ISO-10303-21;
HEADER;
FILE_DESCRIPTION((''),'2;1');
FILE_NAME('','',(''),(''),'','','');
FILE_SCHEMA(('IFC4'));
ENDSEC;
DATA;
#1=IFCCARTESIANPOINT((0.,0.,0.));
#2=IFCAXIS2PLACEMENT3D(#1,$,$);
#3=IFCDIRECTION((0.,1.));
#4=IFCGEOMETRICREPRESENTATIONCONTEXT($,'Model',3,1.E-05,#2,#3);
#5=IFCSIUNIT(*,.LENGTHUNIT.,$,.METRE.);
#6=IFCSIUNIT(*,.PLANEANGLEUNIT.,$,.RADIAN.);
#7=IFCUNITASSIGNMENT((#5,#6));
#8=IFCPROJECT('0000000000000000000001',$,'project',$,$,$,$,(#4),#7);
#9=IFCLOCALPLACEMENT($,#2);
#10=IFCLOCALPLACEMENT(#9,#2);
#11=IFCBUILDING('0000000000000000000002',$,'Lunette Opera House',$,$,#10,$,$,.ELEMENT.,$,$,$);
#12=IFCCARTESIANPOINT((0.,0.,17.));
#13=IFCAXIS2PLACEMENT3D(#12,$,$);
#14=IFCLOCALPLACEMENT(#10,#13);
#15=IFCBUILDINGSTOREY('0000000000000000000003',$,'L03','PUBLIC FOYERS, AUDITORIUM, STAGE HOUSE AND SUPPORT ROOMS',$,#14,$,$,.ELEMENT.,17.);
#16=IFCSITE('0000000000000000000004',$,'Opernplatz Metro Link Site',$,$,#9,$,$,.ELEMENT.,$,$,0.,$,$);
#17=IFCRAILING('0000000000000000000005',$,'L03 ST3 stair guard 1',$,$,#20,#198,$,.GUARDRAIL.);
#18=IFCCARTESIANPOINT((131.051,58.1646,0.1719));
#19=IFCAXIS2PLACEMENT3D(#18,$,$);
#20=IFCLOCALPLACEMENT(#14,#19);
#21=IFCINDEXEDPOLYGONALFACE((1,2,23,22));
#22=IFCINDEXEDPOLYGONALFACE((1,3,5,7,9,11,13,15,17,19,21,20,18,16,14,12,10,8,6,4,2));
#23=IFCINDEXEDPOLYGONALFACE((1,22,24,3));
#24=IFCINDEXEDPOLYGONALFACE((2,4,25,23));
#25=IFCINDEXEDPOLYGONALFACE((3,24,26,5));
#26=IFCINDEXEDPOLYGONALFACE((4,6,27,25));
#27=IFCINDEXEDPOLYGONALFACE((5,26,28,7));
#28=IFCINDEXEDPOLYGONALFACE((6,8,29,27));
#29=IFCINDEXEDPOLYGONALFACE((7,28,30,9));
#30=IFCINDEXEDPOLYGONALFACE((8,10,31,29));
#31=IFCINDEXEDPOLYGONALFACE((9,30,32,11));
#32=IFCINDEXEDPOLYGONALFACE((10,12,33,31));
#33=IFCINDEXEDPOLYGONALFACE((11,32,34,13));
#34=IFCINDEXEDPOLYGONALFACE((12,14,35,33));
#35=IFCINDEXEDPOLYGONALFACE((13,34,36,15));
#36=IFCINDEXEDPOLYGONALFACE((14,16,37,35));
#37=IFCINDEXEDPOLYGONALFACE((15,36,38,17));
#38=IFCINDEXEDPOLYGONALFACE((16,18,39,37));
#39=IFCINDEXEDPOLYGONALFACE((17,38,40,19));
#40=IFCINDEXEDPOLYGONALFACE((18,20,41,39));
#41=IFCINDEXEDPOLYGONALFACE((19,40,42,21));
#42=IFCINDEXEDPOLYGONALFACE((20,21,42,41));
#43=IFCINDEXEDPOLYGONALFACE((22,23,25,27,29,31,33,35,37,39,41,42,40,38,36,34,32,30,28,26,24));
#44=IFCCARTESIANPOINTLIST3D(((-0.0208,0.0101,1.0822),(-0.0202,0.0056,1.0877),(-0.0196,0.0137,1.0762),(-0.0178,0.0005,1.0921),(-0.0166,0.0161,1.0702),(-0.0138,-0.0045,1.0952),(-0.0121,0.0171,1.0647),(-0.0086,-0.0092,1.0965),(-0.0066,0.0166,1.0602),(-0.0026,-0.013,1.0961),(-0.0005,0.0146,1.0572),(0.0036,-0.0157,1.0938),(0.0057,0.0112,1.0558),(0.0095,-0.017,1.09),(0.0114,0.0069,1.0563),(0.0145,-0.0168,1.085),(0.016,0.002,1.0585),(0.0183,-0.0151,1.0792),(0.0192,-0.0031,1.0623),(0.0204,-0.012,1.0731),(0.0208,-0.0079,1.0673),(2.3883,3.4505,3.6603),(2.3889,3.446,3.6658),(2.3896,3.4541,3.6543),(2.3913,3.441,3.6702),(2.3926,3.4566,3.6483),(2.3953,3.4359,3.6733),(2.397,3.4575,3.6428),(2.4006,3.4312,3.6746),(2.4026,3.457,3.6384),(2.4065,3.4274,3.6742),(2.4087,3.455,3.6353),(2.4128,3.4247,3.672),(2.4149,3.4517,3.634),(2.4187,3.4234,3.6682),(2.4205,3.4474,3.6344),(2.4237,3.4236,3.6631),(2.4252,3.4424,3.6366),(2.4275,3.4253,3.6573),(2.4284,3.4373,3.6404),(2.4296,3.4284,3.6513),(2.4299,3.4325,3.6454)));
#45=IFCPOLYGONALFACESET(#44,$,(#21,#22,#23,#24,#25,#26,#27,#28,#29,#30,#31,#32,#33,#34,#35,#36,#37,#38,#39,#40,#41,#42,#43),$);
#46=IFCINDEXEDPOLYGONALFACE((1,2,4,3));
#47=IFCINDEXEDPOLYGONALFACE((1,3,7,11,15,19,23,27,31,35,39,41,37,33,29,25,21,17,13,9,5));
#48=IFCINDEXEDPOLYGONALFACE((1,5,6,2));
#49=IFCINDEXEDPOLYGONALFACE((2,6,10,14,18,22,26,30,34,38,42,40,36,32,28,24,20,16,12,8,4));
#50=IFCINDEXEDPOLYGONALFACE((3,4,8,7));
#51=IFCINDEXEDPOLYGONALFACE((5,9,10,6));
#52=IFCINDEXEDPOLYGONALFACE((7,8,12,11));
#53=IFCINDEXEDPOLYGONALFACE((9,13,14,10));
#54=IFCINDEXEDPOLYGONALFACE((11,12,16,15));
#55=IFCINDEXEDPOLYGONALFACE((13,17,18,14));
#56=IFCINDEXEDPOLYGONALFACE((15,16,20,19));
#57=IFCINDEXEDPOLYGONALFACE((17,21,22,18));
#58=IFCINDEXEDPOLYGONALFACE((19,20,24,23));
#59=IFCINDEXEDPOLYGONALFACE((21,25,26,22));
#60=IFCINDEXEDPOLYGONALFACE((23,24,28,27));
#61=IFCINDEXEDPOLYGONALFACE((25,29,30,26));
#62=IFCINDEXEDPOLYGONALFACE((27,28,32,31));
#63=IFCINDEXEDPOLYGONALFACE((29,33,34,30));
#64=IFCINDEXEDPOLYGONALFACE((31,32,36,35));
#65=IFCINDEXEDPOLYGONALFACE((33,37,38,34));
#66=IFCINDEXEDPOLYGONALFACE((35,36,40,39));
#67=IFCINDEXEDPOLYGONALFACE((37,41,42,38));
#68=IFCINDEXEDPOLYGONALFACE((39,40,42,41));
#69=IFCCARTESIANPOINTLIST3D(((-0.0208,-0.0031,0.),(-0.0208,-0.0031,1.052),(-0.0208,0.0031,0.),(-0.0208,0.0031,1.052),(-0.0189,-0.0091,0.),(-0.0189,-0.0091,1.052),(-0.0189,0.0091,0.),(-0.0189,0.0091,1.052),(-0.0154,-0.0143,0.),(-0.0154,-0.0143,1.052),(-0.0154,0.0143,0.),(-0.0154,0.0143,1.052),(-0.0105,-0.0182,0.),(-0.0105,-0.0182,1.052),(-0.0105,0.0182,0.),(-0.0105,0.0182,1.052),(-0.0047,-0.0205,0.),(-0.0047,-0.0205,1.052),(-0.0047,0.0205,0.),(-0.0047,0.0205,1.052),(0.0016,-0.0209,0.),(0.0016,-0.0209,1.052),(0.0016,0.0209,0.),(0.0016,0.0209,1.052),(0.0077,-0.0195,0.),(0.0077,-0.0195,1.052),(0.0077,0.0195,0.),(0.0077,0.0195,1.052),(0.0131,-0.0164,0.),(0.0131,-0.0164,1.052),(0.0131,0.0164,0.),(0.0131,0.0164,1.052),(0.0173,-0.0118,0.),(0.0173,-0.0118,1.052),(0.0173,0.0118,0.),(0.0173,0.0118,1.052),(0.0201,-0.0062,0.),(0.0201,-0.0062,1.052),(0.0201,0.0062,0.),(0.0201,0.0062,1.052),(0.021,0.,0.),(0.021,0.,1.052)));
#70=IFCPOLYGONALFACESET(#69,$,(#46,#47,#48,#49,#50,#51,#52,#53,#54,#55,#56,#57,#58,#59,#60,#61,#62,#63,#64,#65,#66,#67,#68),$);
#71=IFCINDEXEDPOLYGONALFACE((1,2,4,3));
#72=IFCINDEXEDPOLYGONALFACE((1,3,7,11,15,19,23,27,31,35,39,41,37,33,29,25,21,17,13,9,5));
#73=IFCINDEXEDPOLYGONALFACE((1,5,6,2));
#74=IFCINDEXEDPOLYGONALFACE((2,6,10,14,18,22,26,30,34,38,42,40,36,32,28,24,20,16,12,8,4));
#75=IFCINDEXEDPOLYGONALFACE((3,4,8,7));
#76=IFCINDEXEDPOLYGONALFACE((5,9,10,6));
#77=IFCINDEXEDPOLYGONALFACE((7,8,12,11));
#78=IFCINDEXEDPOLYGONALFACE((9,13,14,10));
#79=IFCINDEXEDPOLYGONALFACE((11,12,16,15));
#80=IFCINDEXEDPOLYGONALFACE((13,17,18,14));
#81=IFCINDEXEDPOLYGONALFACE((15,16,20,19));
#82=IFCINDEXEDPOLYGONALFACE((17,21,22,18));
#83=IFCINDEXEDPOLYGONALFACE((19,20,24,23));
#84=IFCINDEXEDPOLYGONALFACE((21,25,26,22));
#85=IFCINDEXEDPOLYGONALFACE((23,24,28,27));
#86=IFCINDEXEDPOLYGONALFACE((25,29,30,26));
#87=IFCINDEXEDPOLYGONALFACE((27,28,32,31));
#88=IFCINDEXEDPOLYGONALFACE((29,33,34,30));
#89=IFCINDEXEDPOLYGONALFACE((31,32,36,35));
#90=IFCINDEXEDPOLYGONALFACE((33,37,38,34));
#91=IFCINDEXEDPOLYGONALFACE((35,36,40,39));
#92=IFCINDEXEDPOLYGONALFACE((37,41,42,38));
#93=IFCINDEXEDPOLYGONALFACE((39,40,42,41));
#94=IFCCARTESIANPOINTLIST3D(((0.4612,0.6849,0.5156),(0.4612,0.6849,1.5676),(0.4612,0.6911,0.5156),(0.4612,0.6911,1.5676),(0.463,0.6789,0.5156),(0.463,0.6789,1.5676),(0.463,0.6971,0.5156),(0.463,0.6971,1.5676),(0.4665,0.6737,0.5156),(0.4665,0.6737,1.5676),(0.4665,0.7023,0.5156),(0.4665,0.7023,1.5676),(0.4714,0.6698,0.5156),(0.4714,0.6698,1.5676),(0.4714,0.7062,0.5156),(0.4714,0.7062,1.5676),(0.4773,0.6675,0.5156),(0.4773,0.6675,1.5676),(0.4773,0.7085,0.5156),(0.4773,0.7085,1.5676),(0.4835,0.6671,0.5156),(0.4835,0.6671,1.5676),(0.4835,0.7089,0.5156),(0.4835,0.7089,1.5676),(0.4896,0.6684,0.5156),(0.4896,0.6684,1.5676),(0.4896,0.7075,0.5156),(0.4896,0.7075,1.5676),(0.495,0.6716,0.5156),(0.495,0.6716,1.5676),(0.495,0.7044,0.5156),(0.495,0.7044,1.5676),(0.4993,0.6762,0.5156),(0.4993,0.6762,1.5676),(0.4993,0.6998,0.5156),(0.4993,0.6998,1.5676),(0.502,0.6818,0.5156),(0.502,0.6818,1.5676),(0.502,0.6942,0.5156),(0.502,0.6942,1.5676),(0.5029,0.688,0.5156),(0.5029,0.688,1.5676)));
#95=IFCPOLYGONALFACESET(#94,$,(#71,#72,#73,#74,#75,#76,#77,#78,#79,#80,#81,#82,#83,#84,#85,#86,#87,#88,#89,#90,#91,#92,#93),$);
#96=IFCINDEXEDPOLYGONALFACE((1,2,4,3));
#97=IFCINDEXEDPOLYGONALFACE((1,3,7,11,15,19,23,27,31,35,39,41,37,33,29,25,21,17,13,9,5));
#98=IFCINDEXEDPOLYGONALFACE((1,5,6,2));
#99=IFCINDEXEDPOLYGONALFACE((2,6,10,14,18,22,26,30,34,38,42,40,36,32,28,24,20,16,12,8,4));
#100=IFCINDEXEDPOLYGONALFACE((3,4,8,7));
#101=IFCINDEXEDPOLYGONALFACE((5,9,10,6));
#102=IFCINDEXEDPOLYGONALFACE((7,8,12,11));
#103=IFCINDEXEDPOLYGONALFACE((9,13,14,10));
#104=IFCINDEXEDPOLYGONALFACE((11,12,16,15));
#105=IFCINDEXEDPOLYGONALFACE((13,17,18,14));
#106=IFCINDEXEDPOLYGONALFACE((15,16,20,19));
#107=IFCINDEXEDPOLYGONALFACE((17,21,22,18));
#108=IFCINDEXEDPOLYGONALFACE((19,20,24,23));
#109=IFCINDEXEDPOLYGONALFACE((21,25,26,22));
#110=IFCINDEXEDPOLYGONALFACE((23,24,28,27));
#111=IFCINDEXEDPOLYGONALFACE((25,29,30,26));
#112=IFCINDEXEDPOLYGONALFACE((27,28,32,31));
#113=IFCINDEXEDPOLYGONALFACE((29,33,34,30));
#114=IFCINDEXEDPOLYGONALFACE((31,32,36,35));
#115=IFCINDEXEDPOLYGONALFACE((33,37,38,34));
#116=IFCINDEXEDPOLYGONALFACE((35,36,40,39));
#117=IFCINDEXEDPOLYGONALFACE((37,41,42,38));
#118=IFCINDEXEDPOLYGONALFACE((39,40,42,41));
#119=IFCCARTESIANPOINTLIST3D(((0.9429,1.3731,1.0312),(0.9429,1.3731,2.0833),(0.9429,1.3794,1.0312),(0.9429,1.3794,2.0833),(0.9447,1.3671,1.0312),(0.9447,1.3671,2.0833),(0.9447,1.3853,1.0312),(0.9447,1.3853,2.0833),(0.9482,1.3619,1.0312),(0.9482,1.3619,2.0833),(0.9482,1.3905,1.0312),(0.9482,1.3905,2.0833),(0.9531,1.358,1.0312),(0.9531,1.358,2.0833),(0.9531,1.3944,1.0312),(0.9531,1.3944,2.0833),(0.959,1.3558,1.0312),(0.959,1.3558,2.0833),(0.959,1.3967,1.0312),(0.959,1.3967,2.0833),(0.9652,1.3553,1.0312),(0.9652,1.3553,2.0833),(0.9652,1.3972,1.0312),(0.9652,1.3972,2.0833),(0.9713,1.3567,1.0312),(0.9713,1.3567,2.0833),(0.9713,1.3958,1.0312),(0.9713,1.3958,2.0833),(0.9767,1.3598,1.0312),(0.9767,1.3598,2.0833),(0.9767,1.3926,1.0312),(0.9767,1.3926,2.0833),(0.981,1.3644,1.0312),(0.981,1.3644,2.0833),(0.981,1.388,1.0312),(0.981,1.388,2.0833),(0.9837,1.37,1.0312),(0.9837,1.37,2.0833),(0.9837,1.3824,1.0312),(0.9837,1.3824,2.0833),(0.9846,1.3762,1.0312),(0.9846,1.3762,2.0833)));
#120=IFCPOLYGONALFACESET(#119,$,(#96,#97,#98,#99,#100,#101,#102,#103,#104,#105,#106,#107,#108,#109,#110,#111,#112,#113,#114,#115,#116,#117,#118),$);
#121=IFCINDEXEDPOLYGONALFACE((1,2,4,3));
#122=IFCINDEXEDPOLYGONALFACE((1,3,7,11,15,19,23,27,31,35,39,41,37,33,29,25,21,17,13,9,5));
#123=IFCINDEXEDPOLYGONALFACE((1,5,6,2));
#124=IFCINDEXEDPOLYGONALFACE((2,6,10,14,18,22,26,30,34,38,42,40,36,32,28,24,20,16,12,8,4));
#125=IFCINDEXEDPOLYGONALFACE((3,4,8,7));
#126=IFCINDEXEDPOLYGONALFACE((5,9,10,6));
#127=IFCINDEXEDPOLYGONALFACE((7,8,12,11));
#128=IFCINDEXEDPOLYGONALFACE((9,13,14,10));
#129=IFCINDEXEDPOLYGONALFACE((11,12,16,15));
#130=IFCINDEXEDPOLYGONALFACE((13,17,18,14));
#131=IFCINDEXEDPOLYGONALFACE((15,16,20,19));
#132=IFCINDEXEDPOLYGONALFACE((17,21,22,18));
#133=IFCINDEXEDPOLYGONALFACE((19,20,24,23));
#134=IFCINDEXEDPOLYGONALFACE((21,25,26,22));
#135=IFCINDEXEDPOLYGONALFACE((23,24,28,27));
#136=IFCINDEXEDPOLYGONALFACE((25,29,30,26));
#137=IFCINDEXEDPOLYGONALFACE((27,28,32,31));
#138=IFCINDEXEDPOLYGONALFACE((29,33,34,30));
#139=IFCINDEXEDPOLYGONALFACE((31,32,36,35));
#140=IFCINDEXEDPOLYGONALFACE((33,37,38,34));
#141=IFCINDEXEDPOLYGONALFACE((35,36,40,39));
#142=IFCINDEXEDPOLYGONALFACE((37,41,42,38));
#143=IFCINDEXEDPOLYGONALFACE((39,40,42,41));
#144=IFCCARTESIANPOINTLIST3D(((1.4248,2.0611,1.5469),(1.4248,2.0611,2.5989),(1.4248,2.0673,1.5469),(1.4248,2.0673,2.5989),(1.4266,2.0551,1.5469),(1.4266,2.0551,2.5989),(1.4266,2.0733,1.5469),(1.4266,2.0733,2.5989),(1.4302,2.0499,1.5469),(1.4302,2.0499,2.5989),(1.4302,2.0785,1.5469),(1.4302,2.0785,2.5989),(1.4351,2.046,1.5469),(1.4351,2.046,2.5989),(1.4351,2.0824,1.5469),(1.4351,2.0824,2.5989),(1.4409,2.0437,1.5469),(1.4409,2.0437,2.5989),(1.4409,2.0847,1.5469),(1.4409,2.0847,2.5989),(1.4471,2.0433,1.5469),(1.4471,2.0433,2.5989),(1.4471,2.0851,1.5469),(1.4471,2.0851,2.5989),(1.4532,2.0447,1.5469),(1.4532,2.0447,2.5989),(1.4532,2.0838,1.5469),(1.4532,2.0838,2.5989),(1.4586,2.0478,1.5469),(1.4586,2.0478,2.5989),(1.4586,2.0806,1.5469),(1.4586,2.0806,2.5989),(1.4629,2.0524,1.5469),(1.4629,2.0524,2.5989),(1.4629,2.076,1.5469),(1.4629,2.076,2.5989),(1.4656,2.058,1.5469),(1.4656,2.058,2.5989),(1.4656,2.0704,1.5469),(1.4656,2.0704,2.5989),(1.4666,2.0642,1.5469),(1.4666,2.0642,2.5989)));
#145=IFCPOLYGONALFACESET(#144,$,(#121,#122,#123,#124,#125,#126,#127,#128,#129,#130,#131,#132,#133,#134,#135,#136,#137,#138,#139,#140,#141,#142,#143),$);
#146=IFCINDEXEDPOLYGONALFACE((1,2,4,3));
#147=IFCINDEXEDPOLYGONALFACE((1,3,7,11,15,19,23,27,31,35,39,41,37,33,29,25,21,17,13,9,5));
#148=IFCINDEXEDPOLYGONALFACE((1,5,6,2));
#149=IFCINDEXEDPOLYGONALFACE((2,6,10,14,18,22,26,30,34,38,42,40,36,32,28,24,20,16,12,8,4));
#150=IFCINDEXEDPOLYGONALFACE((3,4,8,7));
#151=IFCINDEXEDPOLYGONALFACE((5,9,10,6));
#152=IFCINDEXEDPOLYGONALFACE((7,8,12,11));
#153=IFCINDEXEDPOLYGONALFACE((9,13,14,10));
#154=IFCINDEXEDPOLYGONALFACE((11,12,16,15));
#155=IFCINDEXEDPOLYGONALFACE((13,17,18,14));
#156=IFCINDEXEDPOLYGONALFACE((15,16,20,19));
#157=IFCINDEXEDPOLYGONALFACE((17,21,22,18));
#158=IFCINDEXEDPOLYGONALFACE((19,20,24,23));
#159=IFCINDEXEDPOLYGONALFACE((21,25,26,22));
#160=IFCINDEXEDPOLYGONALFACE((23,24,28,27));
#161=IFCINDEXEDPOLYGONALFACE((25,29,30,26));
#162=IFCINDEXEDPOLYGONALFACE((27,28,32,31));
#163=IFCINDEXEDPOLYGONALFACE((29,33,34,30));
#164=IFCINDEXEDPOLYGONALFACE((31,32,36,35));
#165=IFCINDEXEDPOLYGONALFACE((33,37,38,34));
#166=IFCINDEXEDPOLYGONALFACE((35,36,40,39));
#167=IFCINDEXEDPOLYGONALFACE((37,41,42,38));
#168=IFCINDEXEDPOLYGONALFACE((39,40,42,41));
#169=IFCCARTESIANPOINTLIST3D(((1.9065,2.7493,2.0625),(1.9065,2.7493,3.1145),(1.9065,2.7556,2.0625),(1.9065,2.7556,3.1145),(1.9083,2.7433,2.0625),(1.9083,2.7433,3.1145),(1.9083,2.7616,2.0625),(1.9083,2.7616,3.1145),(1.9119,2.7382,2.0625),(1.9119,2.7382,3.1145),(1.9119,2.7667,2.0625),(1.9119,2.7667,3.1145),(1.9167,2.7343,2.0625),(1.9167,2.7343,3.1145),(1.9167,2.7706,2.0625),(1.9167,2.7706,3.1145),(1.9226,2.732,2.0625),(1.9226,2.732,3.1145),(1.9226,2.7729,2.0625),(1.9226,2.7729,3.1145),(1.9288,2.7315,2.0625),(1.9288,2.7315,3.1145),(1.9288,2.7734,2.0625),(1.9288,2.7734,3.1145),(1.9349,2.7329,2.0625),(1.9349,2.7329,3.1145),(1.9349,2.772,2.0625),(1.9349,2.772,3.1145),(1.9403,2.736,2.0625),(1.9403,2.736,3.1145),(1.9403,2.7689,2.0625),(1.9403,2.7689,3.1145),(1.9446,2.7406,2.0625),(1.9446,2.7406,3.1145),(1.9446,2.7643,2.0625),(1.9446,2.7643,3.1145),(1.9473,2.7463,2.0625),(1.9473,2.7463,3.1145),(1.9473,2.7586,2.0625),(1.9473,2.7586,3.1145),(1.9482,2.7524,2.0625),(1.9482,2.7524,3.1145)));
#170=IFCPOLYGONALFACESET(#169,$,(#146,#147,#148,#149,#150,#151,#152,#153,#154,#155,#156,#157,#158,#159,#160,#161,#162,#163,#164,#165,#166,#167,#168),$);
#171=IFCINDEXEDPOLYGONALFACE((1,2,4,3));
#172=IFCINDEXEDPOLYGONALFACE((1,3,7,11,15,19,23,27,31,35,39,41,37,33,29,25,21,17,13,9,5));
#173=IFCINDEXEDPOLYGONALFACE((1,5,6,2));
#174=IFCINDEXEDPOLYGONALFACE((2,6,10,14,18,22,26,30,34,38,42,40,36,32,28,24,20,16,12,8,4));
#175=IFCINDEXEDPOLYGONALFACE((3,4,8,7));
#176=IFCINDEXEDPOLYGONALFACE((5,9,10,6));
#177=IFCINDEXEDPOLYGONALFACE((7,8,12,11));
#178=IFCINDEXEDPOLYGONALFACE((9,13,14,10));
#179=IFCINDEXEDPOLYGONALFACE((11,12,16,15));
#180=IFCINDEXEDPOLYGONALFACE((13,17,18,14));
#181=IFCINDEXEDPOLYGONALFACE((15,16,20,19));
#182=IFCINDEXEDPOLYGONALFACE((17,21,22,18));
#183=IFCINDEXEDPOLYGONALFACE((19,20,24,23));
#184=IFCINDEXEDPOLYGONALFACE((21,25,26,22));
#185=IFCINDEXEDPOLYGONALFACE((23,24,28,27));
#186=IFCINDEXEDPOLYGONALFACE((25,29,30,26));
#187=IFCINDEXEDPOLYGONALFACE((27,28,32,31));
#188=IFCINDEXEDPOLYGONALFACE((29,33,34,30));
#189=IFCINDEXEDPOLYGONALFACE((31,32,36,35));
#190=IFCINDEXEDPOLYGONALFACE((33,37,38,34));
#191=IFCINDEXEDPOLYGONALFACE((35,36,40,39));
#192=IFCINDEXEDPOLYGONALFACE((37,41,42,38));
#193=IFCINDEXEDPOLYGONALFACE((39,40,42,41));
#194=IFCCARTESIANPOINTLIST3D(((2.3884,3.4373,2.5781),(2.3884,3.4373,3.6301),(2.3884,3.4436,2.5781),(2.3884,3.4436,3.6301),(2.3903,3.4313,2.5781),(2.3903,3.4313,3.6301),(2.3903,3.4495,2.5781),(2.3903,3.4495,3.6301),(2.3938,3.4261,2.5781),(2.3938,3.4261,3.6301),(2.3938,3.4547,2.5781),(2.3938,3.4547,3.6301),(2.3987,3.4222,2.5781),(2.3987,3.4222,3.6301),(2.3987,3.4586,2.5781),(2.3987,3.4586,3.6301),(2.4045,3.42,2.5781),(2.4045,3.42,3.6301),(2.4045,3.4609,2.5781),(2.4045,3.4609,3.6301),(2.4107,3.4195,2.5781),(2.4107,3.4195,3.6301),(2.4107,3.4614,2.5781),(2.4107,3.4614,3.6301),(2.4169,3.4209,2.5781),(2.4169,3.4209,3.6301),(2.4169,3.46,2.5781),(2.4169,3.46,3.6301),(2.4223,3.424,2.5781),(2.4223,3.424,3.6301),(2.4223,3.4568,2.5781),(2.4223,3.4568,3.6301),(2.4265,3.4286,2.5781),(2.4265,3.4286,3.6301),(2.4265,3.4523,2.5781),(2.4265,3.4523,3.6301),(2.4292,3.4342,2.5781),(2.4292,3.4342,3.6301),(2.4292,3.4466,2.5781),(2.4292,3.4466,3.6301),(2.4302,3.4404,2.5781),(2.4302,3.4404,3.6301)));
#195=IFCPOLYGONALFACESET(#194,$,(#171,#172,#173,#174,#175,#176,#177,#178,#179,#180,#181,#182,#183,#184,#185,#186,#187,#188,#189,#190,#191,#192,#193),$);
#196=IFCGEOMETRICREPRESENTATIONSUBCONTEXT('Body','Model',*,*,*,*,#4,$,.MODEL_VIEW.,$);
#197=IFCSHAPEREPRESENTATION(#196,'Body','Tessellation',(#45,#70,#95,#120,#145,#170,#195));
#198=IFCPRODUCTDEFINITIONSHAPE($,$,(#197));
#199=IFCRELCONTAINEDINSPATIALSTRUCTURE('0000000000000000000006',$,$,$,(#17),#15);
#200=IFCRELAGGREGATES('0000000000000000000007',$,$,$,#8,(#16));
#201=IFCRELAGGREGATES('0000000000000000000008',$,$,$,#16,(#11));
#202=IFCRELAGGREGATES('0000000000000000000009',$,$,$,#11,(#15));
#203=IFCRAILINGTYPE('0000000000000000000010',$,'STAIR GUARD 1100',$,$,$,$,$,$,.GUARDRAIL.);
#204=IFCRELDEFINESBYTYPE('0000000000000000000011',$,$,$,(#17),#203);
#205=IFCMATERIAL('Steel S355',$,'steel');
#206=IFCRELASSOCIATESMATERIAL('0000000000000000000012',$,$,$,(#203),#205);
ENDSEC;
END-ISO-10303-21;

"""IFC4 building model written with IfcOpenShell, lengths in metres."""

from ifc_helpers import new_model, si_unit, direction, frame, origin, origin_2d, place, context, subcontext, project, spatial, circle, extrude, material, type_object, element, save


model = new_model("IFC4")

# Units and contexts
model_context = context("Model", 3, precision=1e-05, world=origin(), true_north=direction((0.0, 1.0)))
body_context = subcontext(model_context, "Body", "Model", "MODEL_VIEW")
ifc_project = project(units=[si_unit("LENGTHUNIT", "METRE"), si_unit("PLANEANGLEUNIT", "RADIAN")], contexts=[model_context])

# Site, building, storey
site_placement = place(None, origin())
site = spatial("IfcSite", under=ifc_project, at=site_placement, Name="Opernplatz Metro Link Site", CompositionType="ELEMENT", RefElevation=0.0)
building_placement = place(site_placement, origin())
building = spatial("IfcBuilding", under=site, at=building_placement, Name="Lunette Opera House", CompositionType="ELEMENT")
storey_placement = place(building_placement, frame((0.0, 0.0, 17.0)))
storey = spatial("IfcBuildingStorey", under=building, at=storey_placement, Name="L03", Description="PUBLIC FOYERS, AUDITORIUM, STAGE HOUSE AND SUPPORT ROOMS", CompositionType="ELEMENT", Elevation=17.0)

# Railing
ifc_material_1 = material(Name="Steel S355", Category="steel")
railing_type_1 = type_object("IfcRailingType", Name="STAIR GUARD 1100", PredefinedType="GUARDRAIL", material=ifc_material_1)
railing_1_placement = place(storey_placement, frame((131.051, 58.1646, 0.1719)))
element("IfcRailing", 1, at=railing_1_placement, inside=storey, type_object=railing_type_1, Name="L03 ST3 stair guard 1", PredefinedType="GUARDRAIL", context=body_context, shape_type="SweptSolid", body=[
    extrude(circle(Radius=0.0239, at=origin_2d()), frame((0.0, 0.0, 1.0762), z_axis=(0.488853, 0.698107, 0.523134), x_axis=(-0.819134, 0.573603, 0.0)), (0.0, 0.0, 1.0), 4.9282),
    extrude(circle(Radius=0.021, at=origin_2d()), origin(), (0.0, 0.0, 1.0), 1.052),
    extrude(circle(Radius=0.021, at=origin_2d()), frame((0.4819, 0.688, 0.5156)), (0.0, 0.0, 1.0), 1.052),
    extrude(circle(Radius=0.021, at=origin_2d()), frame((0.9636, 1.3762, 1.0312)), (0.0, 0.0, 1.0), 1.052),
    extrude(circle(Radius=0.021, at=origin_2d()), frame((1.4456, 2.0642, 1.5469)), (0.0, 0.0, 1.0), 1.052),
    extrude(circle(Radius=0.021, at=origin_2d()), frame((1.9272, 2.7524, 2.0625)), (0.0, 0.0, 1.0), 1.052),
    extrude(circle(Radius=0.021, at=origin_2d()), frame((2.4092, 3.4404, 2.5781)), (0.0, 0.0, 1.0), 1.052),
])

save(model, "model.ifc")
